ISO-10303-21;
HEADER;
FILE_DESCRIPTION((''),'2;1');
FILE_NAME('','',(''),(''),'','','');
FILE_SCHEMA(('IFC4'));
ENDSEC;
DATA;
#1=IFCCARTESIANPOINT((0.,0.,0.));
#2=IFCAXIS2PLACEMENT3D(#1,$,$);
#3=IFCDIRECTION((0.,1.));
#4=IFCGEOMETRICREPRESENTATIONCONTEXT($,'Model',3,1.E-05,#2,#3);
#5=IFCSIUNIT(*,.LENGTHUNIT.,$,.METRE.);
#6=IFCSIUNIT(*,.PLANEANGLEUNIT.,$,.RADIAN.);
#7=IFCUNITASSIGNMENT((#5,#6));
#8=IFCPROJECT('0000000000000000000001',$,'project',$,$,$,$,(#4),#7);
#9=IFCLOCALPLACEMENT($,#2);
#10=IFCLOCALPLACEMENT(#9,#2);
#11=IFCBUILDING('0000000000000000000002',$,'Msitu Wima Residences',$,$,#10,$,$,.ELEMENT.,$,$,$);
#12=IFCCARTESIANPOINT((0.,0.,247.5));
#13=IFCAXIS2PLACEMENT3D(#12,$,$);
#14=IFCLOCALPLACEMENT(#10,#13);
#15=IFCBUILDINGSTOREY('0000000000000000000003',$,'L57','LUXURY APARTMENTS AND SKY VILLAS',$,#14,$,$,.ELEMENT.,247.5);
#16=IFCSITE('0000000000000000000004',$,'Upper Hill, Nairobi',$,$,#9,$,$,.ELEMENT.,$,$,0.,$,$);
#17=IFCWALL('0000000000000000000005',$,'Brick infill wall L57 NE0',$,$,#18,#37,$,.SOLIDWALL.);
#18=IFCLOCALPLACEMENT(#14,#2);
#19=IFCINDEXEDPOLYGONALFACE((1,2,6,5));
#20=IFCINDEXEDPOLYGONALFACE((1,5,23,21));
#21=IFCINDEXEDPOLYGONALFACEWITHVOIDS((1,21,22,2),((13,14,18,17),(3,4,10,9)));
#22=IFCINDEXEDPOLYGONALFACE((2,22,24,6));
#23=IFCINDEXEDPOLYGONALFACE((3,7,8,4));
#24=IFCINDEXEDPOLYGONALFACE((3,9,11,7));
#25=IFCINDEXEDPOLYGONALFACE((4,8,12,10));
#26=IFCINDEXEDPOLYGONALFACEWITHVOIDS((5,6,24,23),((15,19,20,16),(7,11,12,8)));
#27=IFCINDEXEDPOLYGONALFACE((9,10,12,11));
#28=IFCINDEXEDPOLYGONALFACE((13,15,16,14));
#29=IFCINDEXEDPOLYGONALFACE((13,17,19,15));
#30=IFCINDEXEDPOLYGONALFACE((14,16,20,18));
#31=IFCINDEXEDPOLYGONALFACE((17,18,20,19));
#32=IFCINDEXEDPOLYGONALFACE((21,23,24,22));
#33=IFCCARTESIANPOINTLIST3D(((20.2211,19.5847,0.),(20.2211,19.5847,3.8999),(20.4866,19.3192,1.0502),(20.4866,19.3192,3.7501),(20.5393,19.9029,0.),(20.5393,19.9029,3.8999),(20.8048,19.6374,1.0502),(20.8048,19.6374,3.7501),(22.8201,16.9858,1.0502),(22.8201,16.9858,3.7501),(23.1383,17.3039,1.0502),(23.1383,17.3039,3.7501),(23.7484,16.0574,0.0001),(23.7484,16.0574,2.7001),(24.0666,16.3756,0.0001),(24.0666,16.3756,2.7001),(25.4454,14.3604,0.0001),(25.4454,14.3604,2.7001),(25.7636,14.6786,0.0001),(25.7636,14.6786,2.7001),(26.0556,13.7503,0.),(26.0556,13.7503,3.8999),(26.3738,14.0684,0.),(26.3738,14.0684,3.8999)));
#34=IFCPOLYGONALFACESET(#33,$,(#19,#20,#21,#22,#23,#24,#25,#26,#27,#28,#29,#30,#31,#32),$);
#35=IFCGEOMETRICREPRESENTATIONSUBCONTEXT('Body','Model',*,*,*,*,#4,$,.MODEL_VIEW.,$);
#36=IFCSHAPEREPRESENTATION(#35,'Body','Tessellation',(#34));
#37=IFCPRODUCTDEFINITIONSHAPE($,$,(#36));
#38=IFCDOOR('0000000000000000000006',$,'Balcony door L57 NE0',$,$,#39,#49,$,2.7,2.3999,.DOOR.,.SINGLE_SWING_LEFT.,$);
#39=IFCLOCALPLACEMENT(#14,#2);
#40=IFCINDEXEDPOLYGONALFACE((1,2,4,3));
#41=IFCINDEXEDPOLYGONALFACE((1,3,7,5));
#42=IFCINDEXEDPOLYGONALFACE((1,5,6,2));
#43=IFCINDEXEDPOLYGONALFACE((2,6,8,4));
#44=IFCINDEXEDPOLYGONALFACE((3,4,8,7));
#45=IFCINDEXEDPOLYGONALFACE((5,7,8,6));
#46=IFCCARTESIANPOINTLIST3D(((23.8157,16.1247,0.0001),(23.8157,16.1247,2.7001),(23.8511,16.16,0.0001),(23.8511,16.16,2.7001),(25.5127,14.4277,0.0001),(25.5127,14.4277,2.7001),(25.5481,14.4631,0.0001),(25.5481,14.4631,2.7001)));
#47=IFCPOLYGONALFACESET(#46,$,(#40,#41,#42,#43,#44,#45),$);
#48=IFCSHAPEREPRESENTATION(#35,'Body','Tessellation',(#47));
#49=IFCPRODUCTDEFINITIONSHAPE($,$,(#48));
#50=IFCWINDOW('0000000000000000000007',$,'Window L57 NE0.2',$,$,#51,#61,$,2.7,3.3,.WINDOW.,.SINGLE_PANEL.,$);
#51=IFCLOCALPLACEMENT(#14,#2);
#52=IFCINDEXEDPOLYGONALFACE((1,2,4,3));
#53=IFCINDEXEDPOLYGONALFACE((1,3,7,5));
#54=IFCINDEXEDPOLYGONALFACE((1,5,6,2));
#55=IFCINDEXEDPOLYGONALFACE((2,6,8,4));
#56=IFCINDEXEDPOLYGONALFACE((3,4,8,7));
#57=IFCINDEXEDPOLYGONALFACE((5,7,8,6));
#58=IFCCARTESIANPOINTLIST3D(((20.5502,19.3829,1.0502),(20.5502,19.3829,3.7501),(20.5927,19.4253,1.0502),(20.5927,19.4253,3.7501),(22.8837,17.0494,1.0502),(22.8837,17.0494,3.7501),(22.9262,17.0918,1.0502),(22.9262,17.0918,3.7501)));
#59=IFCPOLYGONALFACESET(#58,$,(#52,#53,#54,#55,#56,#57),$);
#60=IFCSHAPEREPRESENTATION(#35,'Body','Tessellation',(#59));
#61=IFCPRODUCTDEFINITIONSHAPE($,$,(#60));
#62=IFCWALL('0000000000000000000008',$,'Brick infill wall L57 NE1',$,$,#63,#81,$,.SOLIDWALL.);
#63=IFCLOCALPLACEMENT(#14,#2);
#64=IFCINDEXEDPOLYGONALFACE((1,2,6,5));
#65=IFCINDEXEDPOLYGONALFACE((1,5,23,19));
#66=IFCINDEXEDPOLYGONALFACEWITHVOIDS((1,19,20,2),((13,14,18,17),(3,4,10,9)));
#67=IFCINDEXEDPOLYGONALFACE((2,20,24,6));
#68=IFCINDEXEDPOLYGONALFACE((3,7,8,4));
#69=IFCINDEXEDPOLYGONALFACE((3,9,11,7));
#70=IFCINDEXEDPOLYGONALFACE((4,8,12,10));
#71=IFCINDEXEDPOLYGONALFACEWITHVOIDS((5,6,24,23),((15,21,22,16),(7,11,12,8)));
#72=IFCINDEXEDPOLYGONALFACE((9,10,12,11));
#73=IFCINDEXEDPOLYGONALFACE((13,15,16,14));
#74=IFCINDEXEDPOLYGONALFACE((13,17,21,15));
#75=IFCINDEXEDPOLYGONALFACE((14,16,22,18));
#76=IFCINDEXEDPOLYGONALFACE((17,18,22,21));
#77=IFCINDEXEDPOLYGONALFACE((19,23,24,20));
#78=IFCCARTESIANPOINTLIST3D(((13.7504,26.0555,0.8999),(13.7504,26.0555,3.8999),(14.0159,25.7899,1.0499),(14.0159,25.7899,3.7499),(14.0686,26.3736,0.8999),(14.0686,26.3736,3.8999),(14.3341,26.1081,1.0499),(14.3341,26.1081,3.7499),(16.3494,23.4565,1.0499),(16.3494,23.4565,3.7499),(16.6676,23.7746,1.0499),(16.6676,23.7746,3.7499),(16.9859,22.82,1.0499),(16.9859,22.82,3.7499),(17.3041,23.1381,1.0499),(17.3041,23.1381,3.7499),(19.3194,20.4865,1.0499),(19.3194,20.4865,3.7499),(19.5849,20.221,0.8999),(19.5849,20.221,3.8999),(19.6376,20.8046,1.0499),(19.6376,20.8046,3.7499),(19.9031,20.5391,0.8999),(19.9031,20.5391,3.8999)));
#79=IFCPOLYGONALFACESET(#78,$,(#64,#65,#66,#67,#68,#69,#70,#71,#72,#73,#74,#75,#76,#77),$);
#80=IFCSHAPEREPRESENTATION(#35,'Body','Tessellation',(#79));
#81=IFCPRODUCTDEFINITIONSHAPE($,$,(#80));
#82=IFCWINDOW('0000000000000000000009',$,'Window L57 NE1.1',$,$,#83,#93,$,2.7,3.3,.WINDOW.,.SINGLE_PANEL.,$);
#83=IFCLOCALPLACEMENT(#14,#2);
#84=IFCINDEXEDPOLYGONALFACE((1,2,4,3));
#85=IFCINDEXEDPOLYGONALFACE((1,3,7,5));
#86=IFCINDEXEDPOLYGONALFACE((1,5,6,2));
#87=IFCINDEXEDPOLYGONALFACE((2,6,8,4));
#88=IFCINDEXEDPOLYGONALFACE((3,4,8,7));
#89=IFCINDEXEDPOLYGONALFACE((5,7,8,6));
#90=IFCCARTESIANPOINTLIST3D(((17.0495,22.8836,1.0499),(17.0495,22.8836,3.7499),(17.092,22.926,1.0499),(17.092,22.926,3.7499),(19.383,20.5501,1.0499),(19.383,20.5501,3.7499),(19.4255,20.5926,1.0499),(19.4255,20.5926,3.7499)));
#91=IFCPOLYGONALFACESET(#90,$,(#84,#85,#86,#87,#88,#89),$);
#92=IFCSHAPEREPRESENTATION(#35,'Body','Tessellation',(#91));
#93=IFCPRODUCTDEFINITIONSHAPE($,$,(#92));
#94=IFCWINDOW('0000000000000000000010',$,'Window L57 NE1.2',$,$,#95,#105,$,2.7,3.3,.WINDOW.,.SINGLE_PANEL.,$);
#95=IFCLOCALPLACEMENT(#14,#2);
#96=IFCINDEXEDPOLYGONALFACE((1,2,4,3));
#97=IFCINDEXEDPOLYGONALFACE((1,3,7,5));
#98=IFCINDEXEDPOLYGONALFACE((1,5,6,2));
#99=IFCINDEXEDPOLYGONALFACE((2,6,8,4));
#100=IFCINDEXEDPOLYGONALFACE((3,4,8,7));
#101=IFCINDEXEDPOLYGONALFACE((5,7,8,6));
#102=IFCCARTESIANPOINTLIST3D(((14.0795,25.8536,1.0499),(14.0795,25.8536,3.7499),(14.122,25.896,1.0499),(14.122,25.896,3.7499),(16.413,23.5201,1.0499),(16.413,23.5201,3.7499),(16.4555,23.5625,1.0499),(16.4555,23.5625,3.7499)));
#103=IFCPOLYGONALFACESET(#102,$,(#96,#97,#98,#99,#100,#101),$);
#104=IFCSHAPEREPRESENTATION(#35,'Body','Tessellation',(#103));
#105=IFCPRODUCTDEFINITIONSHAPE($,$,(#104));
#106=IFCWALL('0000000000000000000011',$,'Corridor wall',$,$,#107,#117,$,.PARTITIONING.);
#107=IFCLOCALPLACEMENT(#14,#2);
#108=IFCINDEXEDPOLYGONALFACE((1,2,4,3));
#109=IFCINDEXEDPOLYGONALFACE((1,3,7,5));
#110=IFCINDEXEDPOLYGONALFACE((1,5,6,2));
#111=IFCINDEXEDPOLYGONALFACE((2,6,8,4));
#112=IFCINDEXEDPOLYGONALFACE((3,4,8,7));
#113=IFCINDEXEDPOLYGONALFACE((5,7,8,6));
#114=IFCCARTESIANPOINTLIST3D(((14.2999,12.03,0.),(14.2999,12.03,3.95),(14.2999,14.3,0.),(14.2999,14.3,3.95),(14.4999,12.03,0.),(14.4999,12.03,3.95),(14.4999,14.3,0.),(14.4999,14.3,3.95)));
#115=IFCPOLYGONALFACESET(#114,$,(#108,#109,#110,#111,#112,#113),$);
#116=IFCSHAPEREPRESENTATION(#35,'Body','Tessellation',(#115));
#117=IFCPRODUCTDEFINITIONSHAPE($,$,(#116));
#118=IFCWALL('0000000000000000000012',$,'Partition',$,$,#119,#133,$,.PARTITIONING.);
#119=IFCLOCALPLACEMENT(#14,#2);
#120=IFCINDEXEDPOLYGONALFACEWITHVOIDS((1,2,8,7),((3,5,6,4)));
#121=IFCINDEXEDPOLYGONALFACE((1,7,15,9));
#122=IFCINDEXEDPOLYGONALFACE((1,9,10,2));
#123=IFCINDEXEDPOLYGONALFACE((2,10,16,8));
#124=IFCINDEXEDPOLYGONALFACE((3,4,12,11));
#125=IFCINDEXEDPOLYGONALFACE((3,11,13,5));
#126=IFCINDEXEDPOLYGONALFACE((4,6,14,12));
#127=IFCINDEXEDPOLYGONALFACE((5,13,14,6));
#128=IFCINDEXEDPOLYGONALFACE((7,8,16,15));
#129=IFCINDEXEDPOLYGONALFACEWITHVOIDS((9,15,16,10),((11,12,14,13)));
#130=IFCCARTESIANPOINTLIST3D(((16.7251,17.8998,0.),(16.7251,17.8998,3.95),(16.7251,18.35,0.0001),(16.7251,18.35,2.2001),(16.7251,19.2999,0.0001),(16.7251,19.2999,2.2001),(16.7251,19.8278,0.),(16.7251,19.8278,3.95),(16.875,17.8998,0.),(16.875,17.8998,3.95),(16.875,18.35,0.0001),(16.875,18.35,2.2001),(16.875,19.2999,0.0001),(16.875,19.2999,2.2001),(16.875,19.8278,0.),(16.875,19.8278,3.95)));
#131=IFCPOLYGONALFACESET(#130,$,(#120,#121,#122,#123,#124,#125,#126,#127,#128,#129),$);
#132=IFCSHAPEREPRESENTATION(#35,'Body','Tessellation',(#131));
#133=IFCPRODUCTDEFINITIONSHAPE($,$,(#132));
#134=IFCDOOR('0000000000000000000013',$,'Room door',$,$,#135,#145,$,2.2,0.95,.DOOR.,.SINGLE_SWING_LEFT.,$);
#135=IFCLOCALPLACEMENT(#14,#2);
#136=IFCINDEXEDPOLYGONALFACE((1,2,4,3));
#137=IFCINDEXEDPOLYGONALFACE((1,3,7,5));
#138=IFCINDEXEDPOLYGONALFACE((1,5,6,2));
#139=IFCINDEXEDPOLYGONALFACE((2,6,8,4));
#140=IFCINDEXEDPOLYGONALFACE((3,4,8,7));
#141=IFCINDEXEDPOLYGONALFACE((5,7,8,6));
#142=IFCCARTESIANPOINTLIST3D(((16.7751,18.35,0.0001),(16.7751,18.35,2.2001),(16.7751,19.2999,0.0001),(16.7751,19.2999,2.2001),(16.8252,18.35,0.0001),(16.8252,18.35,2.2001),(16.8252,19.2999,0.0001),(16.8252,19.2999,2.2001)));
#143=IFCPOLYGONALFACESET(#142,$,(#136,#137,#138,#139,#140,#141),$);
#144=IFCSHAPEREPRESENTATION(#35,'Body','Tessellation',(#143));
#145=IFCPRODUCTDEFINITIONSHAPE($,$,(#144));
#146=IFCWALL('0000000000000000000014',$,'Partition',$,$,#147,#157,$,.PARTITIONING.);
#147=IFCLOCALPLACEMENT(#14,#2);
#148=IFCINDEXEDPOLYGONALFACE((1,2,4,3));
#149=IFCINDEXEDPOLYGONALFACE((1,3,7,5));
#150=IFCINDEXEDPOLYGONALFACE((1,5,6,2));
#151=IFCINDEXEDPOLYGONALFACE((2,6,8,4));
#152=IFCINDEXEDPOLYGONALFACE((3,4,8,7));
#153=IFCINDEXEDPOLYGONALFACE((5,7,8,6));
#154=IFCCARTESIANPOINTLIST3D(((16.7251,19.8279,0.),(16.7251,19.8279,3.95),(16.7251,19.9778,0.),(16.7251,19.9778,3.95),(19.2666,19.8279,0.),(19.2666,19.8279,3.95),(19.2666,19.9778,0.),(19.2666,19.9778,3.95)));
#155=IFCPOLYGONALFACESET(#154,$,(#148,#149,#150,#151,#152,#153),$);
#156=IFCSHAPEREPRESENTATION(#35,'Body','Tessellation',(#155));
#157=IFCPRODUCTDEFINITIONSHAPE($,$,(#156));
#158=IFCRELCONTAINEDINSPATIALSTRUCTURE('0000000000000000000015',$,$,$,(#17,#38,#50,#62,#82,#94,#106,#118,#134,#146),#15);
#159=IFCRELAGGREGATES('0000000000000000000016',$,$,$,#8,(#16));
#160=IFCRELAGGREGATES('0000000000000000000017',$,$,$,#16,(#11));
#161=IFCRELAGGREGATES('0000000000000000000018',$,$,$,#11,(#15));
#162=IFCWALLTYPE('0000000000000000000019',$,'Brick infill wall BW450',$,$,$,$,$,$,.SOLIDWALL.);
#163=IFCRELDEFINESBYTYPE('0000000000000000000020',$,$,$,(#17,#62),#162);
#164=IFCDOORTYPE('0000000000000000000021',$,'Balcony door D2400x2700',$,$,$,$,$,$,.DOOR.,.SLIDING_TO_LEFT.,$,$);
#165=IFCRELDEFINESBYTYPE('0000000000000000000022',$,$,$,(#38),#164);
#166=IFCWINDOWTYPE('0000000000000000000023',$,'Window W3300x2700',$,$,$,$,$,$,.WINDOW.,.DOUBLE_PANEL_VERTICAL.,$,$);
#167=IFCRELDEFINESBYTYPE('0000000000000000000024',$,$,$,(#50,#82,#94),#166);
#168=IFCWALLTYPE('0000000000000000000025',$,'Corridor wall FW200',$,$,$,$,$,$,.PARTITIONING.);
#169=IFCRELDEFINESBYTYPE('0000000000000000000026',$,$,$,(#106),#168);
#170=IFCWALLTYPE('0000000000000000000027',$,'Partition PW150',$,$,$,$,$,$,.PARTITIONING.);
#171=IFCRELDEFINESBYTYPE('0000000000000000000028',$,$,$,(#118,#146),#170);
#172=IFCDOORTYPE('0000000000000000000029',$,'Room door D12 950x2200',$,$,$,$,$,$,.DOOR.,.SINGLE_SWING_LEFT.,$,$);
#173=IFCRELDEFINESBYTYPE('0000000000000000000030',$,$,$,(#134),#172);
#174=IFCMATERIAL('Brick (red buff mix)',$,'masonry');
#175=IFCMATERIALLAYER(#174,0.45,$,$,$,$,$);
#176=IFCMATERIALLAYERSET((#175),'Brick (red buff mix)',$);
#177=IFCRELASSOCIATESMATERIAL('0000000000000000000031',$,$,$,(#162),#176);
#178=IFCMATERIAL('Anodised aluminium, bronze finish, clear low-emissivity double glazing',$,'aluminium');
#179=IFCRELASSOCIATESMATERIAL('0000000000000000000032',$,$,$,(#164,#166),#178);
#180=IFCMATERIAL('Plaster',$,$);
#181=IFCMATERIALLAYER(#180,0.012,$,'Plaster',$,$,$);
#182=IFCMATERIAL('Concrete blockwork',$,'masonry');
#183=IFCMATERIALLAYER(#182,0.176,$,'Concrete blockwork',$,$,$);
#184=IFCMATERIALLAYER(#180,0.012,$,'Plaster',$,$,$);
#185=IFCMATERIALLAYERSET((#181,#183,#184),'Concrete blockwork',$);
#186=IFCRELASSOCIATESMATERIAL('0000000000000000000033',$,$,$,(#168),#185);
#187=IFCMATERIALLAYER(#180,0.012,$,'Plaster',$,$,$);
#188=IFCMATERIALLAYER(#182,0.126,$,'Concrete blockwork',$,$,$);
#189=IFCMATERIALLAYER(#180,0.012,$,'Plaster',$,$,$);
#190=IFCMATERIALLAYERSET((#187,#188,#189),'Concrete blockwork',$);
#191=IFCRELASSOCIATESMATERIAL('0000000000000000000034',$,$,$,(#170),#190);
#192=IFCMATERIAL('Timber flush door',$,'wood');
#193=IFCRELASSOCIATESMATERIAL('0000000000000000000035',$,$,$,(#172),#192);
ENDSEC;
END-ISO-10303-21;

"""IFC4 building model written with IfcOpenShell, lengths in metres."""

from ifc_helpers import new_model, si_unit, direction, frame, frame_2d, origin, place, context, subcontext, project, spatial, rectangle, extrude, material, layer, layer_set, type_object, element, fill, save


model = new_model("IFC4")

# Units and contexts
model_context = context("Model", 3, precision=1e-05, world=origin(), true_north=direction((0.0, 1.0)))
body_context = subcontext(model_context, "Body", "Model", "MODEL_VIEW")
ifc_project = project(units=[si_unit("LENGTHUNIT", "METRE"), si_unit("PLANEANGLEUNIT", "RADIAN")], contexts=[model_context])

# Site, building, storey
site_placement = place(None, origin())
site = spatial("IfcSite", under=ifc_project, at=site_placement, Name="Upper Hill, Nairobi", CompositionType="ELEMENT", RefElevation=0.0)
building_placement = place(site_placement, origin())
building = spatial("IfcBuilding", under=site, at=building_placement, Name="Msitu Wima Residences", CompositionType="ELEMENT")
storey_placement = place(building_placement, frame((0.0, 0.0, 247.5)))
storey = spatial("IfcBuildingStorey", under=building, at=storey_placement, Name="L57", Description="LUXURY APARTMENTS AND SKY VILLAS", CompositionType="ELEMENT", Elevation=247.5)

# Wall, openings, door, window
ifc_material_1 = material(Name="Brick (red buff mix)", Category="masonry")
ifc_layer_1 = layer(ifc_material_1, 0.45)
ifc_layer_set_1 = layer_set([ifc_layer_1], Name="Brick (red buff mix)")
wall_type_1 = type_object("IfcWallType", Name="Brick infill wall BW450", PredefinedType="SOLIDWALL", material=ifc_layer_set_1)
wall_1_placement = place(storey_placement, frame((26.2146, 13.9094, 0.0), z_axis=(0.0, 0.0, 1.0), x_axis=(-0.707107, 0.707107, 0.0)))
wall_1 = element("IfcWall", 1, at=wall_1_placement, inside=storey, type_object=wall_type_1, Name="Brick infill wall L57 NE0", PredefinedType="SOLIDWALL", context=body_context, shape_type="SweptSolid", body=[
    extrude(rectangle(XDim=8.2512, YDim=0.45, at=frame_2d((4.1255, 0.0))), origin(), (0.0, 0.0, 1.0), 3.8999),
])
opening_1_placement = place(wall_1_placement, frame((0.8628, 0.0, 0.0)))
opening_1 = element("IfcOpeningElement", 2, at=opening_1_placement, cuts=wall_1, PredefinedType="OPENING", context=body_context, shape_type="SweptSolid", body=[
    extrude(rectangle(XDim=2.3999, YDim=2.7, at=frame_2d((1.2, 1.3501))), frame((0.0, 0.2349, 0.0), z_axis=(0.0, -1.0, 0.0), x_axis=(1.0, 0.0, 0.0)), (0.0, 0.0, 1.0), 0.47),
])
opening_2_placement = place(wall_1_placement, frame((4.5757, 0.0, 1.05)))
opening_2 = element("IfcOpeningElement", 3, at=opening_2_placement, cuts=wall_1, PredefinedType="OPENING", context=body_context, shape_type="SweptSolid", body=[
    extrude(rectangle(XDim=3.3, YDim=2.7, at=frame_2d((1.6499, 1.3501))), frame((0.0, 0.2349, 0.0), z_axis=(0.0, -1.0, 0.0), x_axis=(1.0, 0.0, 0.0)), (0.0, 0.0, 1.0), 0.47),
])
ifc_material_2 = material(Name="Anodised aluminium, bronze finish, clear low-emissivity double glazing", Category="aluminium")
door_type_1 = type_object("IfcDoorType", Name="Balcony door D2400x2700", OperationType="SLIDING_TO_LEFT", PredefinedType="DOOR", material=ifc_material_2)
door_1_placement = place(opening_1_placement, origin())
door_1 = element("IfcDoor", 4, at=door_1_placement, inside=storey, type_object=door_type_1, Name="Balcony door L57 NE0", OperationType="SINGLE_SWING_LEFT", OverallHeight=2.7, OverallWidth=2.3999, PredefinedType="DOOR", context=body_context, shape_type="SweptSolid", body=[
    extrude(rectangle(XDim=2.3999, YDim=2.7, at=frame_2d((1.2, 1.3501))), frame((0.0, 0.1299, 0.0), z_axis=(0.0, -1.0, 0.0), x_axis=(1.0, 0.0, 0.0)), (0.0, 0.0, 1.0), 0.05),
])
fill(opening_1, door_1)
window_type = type_object("IfcWindowType", Name="Window W3300x2700", PartitioningType="DOUBLE_PANEL_VERTICAL", PredefinedType="WINDOW", material=ifc_material_2)
window_1_placement = place(opening_2_placement, origin())
window_1 = element("IfcWindow", 5, at=window_1_placement, inside=storey, type_object=window_type, Name="Window L57 NE0.2", OverallHeight=2.7, OverallWidth=3.3, PartitioningType="SINGLE_PANEL", PredefinedType="WINDOW", context=body_context, shape_type="SweptSolid", body=[
    extrude(rectangle(XDim=3.3, YDim=2.7, at=frame_2d((1.6499, 1.3501))), frame((0.0, 0.135, 0.0), z_axis=(0.0, -1.0, 0.0), x_axis=(1.0, 0.0, 0.0)), (0.0, 0.0, 1.0), 0.0601),
])
fill(opening_2, window_1)

# Wall, openings, windows
wall_2_placement = place(storey_placement, frame((19.7439, 20.3801, 0.8999), z_axis=(0.0, 0.0, 1.0), x_axis=(-0.707107, 0.707107, 0.0)))
wall_2 = element("IfcWall", 6, at=wall_2_placement, inside=storey, type_object=wall_type_1, Name="Brick infill wall L57 NE1", PredefinedType="SOLIDWALL", context=body_context, shape_type="SweptSolid", body=[
    extrude(rectangle(XDim=8.2512, YDim=0.45, at=frame_2d((4.1255, 0.0))), origin(), (0.0, 0.0, 1.0), 3.0),
])
opening_3_placement = place(wall_2_placement, frame((0.3755, 0.0, 0.1499)))
opening_3 = element("IfcOpeningElement", 7, at=opening_3_placement, cuts=wall_2, PredefinedType="OPENING", context=body_context, shape_type="SweptSolid", body=[
    extrude(rectangle(XDim=3.3, YDim=2.7, at=frame_2d((1.6499, 1.3501))), frame((0.0, 0.2349, 0.0), z_axis=(0.0, -1.0, 0.0), x_axis=(1.0, 0.0, 0.0)), (0.0, 0.0, 1.0), 0.47),
])
opening_4_placement = place(wall_2_placement, frame((4.5757, 0.0, 0.1499)))
opening_4 = element("IfcOpeningElement", 8, at=opening_4_placement, cuts=wall_2, PredefinedType="OPENING", context=body_context, shape_type="SweptSolid", body=[
    extrude(rectangle(XDim=3.3, YDim=2.7, at=frame_2d((1.6499, 1.3501))), frame((0.0, 0.2349, 0.0), z_axis=(0.0, -1.0, 0.0), x_axis=(1.0, 0.0, 0.0)), (0.0, 0.0, 1.0), 0.47),
])
window_2_placement = place(opening_3_placement, origin())
window_2 = element("IfcWindow", 9, at=window_2_placement, inside=storey, type_object=window_type, Name="Window L57 NE1.1", OverallHeight=2.7, OverallWidth=3.3, PartitioningType="SINGLE_PANEL", PredefinedType="WINDOW", context=body_context, shape_type="SweptSolid", body=[
    extrude(rectangle(XDim=3.3, YDim=2.7, at=frame_2d((1.6499, 1.3501))), frame((0.0, 0.135, 0.0), z_axis=(0.0, -1.0, 0.0), x_axis=(1.0, 0.0, 0.0)), (0.0, 0.0, 1.0), 0.0601),
])
fill(opening_3, window_2)
window_3_placement = place(opening_4_placement, origin())
window_3 = element("IfcWindow", 10, at=window_3_placement, inside=storey, type_object=window_type, Name="Window L57 NE1.2", OverallHeight=2.7, OverallWidth=3.3, PartitioningType="SINGLE_PANEL", PredefinedType="WINDOW", context=body_context, shape_type="SweptSolid", body=[
    extrude(rectangle(XDim=3.3, YDim=2.7, at=frame_2d((1.6499, 1.3501))), frame((0.0, 0.135, 0.0), z_axis=(0.0, -1.0, 0.0), x_axis=(1.0, 0.0, 0.0)), (0.0, 0.0, 1.0), 0.0601),
])
fill(opening_4, window_3)

# Wall
ifc_material_3 = material(Name="Plaster")
ifc_layer_2 = layer(ifc_material_3, 0.012, Name="Plaster")
ifc_material_4 = material(Name="Concrete blockwork", Category="masonry")
ifc_layer_3 = layer(ifc_material_4, 0.176, Name="Concrete blockwork")
ifc_layer_4 = layer(ifc_material_3, 0.012, Name="Plaster")
ifc_layer_set_2 = layer_set([ifc_layer_2, ifc_layer_3, ifc_layer_4], Name="Concrete blockwork")
wall_type_2 = type_object("IfcWallType", Name="Corridor wall FW200", PredefinedType="PARTITIONING", material=ifc_layer_set_2)
wall_3_placement = place(storey_placement, frame((14.3999, 12.03, 0.0), z_axis=(0.0, 0.0, 1.0), x_axis=(0.0, 1.0, 0.0)))
element("IfcWall", 11, at=wall_3_placement, inside=storey, type_object=wall_type_2, Name="Corridor wall", PredefinedType="PARTITIONING", context=body_context, shape_type="SweptSolid", body=[
    extrude(rectangle(XDim=2.27, YDim=0.2, at=frame_2d((1.135, 0.0))), origin(), (0.0, 0.0, 1.0), 3.95),
])

# Wall, opening, door
ifc_layer_5 = layer(ifc_material_3, 0.012, Name="Plaster")
ifc_layer_6 = layer(ifc_material_4, 0.126, Name="Concrete blockwork")
ifc_layer_7 = layer(ifc_material_3, 0.012, Name="Plaster")
ifc_layer_set_3 = layer_set([ifc_layer_5, ifc_layer_6, ifc_layer_7], Name="Concrete blockwork")
wall_type_3 = type_object("IfcWallType", Name="Partition PW150", PredefinedType="PARTITIONING", material=ifc_layer_set_3)
wall_4_placement = place(storey_placement, frame((16.8, 17.8999, 0.0), z_axis=(0.0, 0.0, 1.0), x_axis=(0.0, 1.0, 0.0)))
wall_4 = element("IfcWall", 12, at=wall_4_placement, inside=storey, type_object=wall_type_3, Name="Partition", PredefinedType="PARTITIONING", context=body_context, shape_type="SweptSolid", body=[
    extrude(rectangle(XDim=1.928, YDim=0.1499, at=frame_2d((0.9639, 0.0))), origin(), (0.0, 0.0, 1.0), 3.95),
])
opening_5_placement = place(wall_4_placement, frame((0.45, 0.0, 0.0)))
opening_5 = element("IfcOpeningElement", 13, at=opening_5_placement, cuts=wall_4, PredefinedType="OPENING", context=body_context, shape_type="SweptSolid", body=[
    extrude(rectangle(XDim=0.95, YDim=2.2, at=frame_2d((0.4751, 1.1001))), frame((0.0, 0.085, 0.0), z_axis=(0.0, -1.0, 0.0), x_axis=(1.0, 0.0, 0.0)), (0.0, 0.0, 1.0), 0.1699),
])
ifc_material_5 = material(Name="Timber flush door", Category="wood")
door_type_2 = type_object("IfcDoorType", Name="Room door D12 950x2200", OperationType="SINGLE_SWING_LEFT", PredefinedType="DOOR", material=ifc_material_5)
door_2_placement = place(opening_5_placement, origin())
door_2 = element("IfcDoor", 14, at=door_2_placement, inside=storey, type_object=door_type_2, Name="Room door", OperationType="SINGLE_SWING_LEFT", OverallHeight=2.2, OverallWidth=0.95, PredefinedType="DOOR", context=body_context, shape_type="SweptSolid", body=[
    extrude(rectangle(XDim=0.95, YDim=2.2, at=frame_2d((0.4751, 1.1001))), frame((0.0, 0.0249, 0.0), z_axis=(0.0, -1.0, 0.0), x_axis=(1.0, 0.0, 0.0)), (0.0, 0.0, 1.0), 0.05),
])
fill(opening_5, door_2)

# Wall
wall_5_placement = place(storey_placement, frame((16.7251, 19.9028, 0.0), z_axis=(0.0, 0.0, 1.0), x_axis=(1.0, 0.0, 0.0)))
element("IfcWall", 15, at=wall_5_placement, inside=storey, type_object=wall_type_3, Name="Partition", PredefinedType="PARTITIONING", context=body_context, shape_type="SweptSolid", body=[
    extrude(rectangle(XDim=2.5415, YDim=0.1499, at=frame_2d((1.2708, 0.0))), origin(), (0.0, 0.0, 1.0), 3.95),
])

save(model, "model.ifc")
